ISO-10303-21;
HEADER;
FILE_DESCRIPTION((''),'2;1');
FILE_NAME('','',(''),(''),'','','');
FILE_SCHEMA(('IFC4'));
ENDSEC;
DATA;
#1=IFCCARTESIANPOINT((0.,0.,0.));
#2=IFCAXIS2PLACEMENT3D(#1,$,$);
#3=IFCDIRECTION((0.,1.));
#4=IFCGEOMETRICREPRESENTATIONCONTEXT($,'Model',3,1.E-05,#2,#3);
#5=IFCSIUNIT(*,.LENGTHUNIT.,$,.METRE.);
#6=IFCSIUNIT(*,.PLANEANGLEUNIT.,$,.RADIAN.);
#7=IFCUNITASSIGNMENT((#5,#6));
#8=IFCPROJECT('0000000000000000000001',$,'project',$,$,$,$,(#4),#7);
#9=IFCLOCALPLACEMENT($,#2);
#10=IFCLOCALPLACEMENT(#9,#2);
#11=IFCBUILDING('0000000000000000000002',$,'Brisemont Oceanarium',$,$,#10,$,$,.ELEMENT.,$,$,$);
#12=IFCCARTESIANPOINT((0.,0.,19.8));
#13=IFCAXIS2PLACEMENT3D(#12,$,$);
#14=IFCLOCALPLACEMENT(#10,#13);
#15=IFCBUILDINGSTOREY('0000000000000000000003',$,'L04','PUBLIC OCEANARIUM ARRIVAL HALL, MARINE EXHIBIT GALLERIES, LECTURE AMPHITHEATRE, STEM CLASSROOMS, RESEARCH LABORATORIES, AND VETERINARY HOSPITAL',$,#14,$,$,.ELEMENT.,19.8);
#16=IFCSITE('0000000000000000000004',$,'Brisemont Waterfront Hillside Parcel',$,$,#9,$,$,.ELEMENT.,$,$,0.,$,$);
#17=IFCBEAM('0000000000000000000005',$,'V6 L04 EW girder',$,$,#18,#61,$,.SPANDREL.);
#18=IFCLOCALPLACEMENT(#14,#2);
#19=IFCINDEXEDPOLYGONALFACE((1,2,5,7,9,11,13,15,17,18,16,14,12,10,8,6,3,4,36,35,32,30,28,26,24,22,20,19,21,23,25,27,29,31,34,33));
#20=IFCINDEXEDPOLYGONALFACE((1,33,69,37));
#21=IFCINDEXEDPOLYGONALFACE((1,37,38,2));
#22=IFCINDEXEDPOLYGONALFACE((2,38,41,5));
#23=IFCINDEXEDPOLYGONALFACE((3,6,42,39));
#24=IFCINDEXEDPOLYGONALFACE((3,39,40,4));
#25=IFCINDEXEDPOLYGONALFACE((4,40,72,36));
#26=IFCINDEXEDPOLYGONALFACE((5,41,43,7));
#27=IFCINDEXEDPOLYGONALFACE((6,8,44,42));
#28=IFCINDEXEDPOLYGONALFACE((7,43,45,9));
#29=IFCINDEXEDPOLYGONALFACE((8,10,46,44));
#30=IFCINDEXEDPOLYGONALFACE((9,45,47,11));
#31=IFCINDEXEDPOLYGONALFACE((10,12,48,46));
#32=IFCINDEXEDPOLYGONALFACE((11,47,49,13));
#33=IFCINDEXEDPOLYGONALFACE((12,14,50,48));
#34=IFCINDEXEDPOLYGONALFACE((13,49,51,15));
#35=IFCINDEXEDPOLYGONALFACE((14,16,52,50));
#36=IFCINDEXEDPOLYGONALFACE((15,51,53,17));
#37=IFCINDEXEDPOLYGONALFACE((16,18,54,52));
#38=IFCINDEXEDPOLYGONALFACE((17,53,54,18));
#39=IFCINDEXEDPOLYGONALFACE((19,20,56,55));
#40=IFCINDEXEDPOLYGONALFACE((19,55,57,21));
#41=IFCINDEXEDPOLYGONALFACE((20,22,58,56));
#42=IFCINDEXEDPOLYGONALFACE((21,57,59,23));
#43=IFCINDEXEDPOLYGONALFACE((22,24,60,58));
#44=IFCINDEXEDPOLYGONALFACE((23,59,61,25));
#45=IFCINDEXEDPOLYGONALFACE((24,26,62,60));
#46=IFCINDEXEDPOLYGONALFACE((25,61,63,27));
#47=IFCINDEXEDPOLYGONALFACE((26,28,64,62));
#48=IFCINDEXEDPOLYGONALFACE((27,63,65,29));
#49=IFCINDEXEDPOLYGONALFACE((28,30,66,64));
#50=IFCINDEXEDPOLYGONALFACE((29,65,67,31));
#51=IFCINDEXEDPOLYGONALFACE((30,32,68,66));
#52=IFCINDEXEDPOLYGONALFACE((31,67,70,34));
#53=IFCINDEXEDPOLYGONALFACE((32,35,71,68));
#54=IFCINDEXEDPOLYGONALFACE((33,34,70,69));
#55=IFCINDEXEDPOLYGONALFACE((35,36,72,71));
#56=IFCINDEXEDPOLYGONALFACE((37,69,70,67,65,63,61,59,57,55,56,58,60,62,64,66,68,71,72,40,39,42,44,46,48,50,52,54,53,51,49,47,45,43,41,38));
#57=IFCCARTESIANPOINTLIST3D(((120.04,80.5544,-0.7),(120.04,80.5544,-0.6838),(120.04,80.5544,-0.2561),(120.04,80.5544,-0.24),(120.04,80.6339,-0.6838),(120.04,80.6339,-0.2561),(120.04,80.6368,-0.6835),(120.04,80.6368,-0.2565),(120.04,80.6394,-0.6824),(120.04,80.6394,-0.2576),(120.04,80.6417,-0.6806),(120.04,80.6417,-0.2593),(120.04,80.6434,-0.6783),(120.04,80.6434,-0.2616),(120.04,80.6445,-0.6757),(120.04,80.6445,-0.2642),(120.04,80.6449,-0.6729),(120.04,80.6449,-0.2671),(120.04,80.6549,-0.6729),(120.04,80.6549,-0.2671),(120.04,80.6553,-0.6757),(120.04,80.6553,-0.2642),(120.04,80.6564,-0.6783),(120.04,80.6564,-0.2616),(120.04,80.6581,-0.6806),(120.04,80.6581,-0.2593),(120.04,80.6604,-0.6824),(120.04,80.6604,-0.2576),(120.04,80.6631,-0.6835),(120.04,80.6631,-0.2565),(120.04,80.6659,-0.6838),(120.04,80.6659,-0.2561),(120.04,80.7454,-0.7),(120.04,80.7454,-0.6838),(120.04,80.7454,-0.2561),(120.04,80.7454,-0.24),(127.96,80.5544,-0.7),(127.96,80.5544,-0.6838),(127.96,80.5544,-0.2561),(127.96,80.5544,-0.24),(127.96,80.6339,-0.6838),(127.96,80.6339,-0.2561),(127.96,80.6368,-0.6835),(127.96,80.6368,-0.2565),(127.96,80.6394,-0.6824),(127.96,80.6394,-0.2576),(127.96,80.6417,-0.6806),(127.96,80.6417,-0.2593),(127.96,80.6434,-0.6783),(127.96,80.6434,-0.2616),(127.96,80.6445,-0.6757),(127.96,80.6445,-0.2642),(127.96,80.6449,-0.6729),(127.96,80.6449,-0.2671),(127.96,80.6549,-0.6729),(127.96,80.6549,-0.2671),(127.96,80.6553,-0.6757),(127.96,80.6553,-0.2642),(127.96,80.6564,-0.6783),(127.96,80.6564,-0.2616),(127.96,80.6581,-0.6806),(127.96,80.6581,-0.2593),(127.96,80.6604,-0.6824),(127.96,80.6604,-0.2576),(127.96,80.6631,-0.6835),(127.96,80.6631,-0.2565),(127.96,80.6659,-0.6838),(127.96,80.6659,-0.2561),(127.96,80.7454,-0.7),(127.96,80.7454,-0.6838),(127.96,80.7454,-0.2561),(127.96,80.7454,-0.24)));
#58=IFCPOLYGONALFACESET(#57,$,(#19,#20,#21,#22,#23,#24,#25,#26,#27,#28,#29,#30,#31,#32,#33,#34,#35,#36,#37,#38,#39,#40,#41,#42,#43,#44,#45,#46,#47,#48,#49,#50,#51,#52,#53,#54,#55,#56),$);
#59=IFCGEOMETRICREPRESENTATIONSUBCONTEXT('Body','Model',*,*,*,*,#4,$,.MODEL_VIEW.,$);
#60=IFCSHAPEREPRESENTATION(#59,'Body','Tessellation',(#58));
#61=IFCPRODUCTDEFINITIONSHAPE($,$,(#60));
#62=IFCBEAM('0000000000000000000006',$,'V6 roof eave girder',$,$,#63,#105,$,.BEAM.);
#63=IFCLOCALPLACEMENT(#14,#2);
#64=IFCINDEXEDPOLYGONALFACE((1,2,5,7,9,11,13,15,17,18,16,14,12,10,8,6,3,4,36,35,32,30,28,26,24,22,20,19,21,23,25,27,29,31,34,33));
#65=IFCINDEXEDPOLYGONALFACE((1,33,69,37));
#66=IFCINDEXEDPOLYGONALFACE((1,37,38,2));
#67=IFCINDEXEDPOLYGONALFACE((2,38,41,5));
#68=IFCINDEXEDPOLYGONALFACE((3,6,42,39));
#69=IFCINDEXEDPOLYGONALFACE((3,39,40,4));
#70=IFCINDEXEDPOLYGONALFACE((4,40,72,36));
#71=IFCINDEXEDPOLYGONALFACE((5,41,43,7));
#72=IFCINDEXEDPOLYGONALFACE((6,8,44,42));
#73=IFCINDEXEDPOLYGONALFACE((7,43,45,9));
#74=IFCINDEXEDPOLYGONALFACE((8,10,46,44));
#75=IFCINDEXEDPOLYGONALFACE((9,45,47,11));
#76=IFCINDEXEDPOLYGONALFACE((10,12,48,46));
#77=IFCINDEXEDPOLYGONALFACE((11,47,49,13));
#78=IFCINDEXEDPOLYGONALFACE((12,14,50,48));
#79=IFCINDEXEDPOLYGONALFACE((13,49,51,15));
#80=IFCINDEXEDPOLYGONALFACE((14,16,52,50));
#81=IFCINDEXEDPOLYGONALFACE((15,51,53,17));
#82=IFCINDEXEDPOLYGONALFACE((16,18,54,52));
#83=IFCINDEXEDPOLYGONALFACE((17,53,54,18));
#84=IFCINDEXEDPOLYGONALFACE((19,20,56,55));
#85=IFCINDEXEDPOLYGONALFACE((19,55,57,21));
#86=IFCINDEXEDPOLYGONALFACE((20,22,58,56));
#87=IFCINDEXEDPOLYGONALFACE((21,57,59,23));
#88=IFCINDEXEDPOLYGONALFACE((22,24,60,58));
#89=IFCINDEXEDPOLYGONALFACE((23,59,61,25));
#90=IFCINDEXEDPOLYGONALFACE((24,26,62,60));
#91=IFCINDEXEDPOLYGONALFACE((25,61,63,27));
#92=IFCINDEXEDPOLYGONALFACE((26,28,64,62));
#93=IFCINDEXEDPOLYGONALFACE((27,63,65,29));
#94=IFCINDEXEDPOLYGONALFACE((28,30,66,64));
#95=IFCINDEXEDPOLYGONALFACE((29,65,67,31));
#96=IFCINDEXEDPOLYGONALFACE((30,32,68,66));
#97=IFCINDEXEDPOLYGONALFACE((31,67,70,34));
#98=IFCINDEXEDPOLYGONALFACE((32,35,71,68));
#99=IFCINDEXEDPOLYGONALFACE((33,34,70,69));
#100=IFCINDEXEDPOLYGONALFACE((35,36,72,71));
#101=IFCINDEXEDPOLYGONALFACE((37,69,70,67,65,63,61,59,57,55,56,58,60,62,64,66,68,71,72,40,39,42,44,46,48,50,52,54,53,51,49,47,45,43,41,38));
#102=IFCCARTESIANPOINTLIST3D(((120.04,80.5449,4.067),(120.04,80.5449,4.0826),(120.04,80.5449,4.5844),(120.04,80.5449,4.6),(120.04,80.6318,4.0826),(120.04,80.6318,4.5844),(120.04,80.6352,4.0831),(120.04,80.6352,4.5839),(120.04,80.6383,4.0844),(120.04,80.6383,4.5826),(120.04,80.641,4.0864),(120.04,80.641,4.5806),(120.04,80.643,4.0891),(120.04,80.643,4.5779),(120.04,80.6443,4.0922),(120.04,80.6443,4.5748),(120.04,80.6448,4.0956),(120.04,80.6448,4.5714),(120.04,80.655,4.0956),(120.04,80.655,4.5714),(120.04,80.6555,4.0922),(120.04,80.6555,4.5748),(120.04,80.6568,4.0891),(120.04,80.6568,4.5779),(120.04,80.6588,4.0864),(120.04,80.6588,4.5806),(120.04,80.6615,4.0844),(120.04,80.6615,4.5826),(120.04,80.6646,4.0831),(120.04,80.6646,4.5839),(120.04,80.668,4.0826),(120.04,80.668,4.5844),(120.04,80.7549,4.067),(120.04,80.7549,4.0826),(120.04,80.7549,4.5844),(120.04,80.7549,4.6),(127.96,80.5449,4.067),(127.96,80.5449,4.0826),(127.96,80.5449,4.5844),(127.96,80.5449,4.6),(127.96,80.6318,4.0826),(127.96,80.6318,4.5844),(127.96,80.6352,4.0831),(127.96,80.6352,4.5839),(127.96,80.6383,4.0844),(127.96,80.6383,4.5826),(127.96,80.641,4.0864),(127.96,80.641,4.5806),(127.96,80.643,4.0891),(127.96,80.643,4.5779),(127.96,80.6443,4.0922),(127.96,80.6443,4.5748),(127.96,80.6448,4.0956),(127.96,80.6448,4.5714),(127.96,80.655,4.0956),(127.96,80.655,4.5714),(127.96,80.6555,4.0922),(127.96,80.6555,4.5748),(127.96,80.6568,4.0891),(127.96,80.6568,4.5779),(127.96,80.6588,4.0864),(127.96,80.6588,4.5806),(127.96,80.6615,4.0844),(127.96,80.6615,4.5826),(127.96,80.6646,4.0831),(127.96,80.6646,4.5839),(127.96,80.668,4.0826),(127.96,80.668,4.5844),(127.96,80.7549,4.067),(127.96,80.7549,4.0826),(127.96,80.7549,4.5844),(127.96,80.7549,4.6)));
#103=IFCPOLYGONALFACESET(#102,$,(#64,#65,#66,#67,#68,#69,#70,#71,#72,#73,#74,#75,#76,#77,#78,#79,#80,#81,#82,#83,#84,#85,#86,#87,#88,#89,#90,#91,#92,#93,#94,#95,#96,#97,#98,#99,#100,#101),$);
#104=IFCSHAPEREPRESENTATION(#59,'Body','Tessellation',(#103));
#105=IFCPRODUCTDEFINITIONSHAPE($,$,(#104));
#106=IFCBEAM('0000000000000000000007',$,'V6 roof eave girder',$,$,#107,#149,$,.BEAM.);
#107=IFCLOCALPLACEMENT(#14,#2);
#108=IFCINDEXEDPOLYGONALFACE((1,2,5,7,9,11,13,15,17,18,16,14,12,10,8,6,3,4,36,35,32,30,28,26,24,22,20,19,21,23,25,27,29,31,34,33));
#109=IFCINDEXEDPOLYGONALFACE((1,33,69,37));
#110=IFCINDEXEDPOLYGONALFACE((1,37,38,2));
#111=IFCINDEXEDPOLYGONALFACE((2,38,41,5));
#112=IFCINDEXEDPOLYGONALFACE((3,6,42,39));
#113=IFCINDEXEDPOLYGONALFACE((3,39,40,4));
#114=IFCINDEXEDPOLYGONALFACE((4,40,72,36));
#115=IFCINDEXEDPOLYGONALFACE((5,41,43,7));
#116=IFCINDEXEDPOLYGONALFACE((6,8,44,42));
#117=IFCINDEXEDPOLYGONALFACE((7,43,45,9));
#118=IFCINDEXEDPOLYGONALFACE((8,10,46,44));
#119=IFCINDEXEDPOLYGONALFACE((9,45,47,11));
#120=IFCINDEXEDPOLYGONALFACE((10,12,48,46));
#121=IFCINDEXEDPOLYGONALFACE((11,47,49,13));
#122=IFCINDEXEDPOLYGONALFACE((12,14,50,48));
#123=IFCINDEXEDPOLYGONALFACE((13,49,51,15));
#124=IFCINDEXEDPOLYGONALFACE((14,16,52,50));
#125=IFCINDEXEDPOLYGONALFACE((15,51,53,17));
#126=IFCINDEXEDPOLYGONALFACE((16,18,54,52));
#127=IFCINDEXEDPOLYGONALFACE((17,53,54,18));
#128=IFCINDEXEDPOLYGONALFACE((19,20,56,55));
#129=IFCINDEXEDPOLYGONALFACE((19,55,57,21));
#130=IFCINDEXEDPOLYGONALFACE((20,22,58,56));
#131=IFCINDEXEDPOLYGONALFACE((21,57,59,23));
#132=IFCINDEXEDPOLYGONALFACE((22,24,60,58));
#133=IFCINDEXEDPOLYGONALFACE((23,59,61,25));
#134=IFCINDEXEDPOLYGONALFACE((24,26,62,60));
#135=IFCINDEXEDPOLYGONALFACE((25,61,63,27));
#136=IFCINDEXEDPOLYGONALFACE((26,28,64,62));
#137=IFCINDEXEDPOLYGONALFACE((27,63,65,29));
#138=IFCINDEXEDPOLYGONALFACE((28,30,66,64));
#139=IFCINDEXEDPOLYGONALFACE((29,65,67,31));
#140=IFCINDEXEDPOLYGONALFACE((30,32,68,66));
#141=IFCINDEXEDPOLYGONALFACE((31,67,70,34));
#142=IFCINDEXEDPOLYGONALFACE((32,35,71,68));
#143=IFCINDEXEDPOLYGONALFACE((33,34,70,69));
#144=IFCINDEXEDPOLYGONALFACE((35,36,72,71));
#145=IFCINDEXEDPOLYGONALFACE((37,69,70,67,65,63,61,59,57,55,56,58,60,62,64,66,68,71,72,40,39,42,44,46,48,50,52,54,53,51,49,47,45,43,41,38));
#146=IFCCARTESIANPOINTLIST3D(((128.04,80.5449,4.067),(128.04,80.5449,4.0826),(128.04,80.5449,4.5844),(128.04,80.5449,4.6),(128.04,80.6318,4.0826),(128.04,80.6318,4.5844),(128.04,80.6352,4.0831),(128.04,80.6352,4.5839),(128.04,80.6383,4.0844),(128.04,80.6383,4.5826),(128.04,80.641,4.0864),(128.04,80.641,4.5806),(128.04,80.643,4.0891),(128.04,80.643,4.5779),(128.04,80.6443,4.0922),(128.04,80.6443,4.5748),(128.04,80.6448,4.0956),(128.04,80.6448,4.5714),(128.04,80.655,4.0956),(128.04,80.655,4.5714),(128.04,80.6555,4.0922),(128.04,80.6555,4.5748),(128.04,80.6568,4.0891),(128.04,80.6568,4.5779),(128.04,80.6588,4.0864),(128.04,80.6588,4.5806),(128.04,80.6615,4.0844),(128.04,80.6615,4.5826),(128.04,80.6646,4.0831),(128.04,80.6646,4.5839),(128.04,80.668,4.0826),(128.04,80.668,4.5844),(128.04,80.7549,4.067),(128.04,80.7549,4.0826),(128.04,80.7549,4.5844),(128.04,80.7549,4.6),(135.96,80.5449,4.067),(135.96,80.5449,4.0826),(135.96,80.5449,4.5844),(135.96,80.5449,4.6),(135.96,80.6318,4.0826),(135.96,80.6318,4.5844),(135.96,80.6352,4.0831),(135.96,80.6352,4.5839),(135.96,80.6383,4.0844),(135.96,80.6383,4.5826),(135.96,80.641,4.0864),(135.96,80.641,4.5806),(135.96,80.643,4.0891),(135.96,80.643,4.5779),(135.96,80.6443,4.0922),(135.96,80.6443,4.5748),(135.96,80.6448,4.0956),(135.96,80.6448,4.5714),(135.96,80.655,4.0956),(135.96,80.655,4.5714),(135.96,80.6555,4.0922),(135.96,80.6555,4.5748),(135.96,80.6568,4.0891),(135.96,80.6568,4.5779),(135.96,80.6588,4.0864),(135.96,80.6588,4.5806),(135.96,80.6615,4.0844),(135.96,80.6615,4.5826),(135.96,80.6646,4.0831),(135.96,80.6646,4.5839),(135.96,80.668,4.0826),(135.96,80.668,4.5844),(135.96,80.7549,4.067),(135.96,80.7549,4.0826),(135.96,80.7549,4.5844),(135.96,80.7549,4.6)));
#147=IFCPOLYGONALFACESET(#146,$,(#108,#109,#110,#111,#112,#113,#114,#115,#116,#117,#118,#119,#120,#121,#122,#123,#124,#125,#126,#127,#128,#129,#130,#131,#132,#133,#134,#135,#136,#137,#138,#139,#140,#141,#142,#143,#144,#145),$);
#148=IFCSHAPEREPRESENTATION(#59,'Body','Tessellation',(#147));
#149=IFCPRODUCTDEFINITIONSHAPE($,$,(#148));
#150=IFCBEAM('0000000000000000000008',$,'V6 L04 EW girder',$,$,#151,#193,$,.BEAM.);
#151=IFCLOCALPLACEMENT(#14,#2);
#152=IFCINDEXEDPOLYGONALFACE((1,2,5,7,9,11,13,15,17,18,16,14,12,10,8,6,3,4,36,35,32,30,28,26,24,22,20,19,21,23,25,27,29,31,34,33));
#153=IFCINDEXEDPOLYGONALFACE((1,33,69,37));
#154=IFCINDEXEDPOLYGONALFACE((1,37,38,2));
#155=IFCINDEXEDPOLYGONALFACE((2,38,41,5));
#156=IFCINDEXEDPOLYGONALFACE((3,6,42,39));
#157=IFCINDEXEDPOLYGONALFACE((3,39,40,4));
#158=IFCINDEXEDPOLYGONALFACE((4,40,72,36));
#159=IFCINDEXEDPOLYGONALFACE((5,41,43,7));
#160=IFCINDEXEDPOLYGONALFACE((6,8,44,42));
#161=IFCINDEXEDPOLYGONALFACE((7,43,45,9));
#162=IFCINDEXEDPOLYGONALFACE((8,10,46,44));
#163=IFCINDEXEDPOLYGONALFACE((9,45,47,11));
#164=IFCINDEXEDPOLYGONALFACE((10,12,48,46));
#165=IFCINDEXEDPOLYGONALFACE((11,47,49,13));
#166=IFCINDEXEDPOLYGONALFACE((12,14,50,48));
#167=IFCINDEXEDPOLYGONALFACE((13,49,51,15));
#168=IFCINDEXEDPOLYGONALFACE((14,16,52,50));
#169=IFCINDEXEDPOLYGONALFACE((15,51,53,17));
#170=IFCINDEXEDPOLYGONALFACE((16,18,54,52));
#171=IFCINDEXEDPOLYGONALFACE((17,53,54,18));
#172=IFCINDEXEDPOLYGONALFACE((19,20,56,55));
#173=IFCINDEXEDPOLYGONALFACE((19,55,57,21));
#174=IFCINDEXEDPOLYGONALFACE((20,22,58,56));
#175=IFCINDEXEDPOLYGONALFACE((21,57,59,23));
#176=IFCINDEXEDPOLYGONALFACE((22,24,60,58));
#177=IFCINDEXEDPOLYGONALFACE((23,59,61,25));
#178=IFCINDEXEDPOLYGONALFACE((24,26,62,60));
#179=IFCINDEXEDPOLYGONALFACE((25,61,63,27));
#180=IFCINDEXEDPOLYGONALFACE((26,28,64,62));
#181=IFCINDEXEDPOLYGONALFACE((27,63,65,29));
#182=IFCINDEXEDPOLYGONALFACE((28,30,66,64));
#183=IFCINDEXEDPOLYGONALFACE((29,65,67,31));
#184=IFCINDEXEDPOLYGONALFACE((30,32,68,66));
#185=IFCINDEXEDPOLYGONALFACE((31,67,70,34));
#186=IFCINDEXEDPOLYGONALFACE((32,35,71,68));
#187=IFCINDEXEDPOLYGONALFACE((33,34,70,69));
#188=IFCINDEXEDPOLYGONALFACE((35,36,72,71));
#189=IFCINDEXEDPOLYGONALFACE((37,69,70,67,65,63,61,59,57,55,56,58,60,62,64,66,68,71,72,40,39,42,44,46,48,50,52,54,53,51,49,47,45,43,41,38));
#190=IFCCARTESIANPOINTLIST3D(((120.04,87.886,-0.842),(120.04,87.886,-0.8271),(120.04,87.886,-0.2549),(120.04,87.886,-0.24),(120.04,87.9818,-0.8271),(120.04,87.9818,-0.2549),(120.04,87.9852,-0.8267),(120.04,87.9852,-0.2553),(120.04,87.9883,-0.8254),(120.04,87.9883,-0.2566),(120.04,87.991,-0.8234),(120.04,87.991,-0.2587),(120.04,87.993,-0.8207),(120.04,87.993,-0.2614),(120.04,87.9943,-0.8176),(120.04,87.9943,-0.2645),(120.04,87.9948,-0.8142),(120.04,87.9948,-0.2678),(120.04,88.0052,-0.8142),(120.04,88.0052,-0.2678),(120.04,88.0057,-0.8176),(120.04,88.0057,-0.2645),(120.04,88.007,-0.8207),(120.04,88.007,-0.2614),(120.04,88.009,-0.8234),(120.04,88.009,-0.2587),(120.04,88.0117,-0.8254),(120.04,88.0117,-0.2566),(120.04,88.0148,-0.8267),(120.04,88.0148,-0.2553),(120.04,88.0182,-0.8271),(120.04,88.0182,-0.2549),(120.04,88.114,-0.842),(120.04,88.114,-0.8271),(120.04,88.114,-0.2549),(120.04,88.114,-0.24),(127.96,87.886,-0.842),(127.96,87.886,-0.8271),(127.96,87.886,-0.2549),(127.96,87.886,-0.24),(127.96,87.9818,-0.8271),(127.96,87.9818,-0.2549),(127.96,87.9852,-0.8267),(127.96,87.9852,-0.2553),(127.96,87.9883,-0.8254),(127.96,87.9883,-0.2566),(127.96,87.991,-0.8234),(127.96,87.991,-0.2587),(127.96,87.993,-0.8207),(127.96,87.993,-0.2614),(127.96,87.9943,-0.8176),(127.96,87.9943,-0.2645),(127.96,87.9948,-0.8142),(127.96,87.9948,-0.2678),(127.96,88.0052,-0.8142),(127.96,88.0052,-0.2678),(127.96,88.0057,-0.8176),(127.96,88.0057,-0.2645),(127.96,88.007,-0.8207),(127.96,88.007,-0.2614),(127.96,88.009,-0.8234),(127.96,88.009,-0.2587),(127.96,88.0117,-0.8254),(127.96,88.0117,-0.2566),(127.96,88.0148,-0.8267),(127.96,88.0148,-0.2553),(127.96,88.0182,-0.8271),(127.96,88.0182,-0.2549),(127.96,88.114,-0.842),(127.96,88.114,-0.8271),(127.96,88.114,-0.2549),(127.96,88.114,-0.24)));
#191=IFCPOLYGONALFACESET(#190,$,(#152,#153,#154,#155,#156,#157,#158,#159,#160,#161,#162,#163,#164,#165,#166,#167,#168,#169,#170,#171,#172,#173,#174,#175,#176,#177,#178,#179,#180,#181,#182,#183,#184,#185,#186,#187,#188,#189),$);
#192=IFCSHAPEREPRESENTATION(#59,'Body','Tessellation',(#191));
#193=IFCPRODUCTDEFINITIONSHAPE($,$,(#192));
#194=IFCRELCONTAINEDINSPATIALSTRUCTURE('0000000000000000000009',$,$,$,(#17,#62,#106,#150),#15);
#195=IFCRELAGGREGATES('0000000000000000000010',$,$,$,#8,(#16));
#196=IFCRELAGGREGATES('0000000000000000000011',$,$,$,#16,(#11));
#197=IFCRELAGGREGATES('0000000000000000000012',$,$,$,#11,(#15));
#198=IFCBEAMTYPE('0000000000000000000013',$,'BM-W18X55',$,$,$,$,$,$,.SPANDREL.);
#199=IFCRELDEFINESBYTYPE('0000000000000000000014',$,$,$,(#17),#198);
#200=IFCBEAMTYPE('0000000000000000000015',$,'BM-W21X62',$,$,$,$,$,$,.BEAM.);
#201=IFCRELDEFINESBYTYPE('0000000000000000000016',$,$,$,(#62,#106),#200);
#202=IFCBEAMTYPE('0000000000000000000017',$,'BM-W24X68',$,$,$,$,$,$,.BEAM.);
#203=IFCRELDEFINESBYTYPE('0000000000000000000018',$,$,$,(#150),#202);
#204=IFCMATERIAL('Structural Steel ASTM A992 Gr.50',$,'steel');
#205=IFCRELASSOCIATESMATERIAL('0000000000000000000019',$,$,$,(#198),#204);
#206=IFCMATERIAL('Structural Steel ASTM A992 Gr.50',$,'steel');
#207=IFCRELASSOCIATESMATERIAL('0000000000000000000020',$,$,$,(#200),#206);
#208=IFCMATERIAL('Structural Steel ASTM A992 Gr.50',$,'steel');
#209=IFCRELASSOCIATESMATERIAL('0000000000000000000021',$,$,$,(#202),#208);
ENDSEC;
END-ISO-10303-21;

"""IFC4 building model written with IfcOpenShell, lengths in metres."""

from ifc_helpers import new_model, si_unit, direction, frame, origin, origin_2d, place, context, subcontext, project, spatial, i_section, extrude, material, material_profile, profile_set, type_object, element, save


model = new_model("IFC4")

# Units and contexts
model_context = context("Model", 3, precision=1e-05, world=origin(), true_north=direction((0.0, 1.0)))
body_context = subcontext(model_context, "Body", "Model", "MODEL_VIEW")
ifc_project = project(units=[si_unit("LENGTHUNIT", "METRE"), si_unit("PLANEANGLEUNIT", "RADIAN")], contexts=[model_context])

# Site, building, storey
site_placement = place(None, origin())
site = spatial("IfcSite", under=ifc_project, at=site_placement, Name="Brisemont Waterfront Hillside Parcel", CompositionType="ELEMENT", RefElevation=0.0)
building_placement = place(site_placement, origin())
building = spatial("IfcBuilding", under=site, at=building_placement, Name="Brisemont Oceanarium", CompositionType="ELEMENT")
storey_placement = place(building_placement, frame((0.0, 0.0, 19.8)))
storey = spatial("IfcBuildingStorey", under=building, at=storey_placement, Name="L04", Description="PUBLIC OCEANARIUM ARRIVAL HALL, MARINE EXHIBIT GALLERIES, LECTURE AMPHITHEATRE, STEM CLASSROOMS, RESEARCH LABORATORIES, AND VETERINARY HOSPITAL", CompositionType="ELEMENT", Elevation=19.8)

# Beams
ifc_material_1 = material(Name="Structural Steel ASTM A992 Gr.50", Category="steel")
ifc_material_profile_1 = material_profile(ifc_material_1, i_section(OverallWidth=0.1909, OverallDepth=0.46, WebThickness=0.01, FlangeThickness=0.0161, FilletRadius=0.011, at=origin_2d()), Name="W18X55")
ifc_profile_set_1 = profile_set([ifc_material_profile_1], Name="Structural Steel ASTM A992 Gr.50")
beam_type_1 = type_object("IfcBeamType", Name="BM-W18X55", PredefinedType="SPANDREL", material=ifc_profile_set_1)
beam_1_placement = place(storey_placement, frame((120.04, 80.6499, -0.47), z_axis=(1.0, 0.0, 0.0), x_axis=(0.0, 1.0, 0.0)))
element("IfcBeam", 1, at=beam_1_placement, inside=storey, type_object=beam_type_1, Name="V6 L04 EW girder", PredefinedType="SPANDREL", context=body_context, shape_type="SweptSolid", body=[
    extrude(i_section(OverallWidth=0.1909, OverallDepth=0.46, WebThickness=0.01, FlangeThickness=0.0161, FilletRadius=0.011, at=origin_2d()), origin(), (0.0, 0.0, 1.0), 7.9199),
])
ifc_material_2 = material(Name="Structural Steel ASTM A992 Gr.50", Category="steel")
ifc_material_profile_2 = material_profile(ifc_material_2, i_section(OverallWidth=0.21, OverallDepth=0.533, WebThickness=0.0103, FlangeThickness=0.0156, FilletRadius=0.0129, at=origin_2d()), Name="W21X62")
ifc_profile_set_2 = profile_set([ifc_material_profile_2], Name="Structural Steel ASTM A992 Gr.50")
beam_type_2 = type_object("IfcBeamType", Name="BM-W21X62", PredefinedType="BEAM", material=ifc_profile_set_2)
for number, where, z_axis, x_axis, name in (
    (2, (120.04, 80.6499, 4.3335), (1.0, 0.0, 0.0), (0.0, 1.0, 0.0), "V6 roof eave girder"),
    (3, (128.04, 80.6499, 4.3335), (1.0, 0.0, 0.0), (0.0, 1.0, 0.0), "V6 roof eave girder"),
):
    element("IfcBeam", number, at=place(storey_placement, frame(where, z_axis=z_axis, x_axis=x_axis)), inside=storey, type_object=beam_type_2, Name=name, PredefinedType="BEAM", context=body_context, shape_type="SweptSolid", body=[
        extrude(i_section(OverallWidth=0.21, OverallDepth=0.533, WebThickness=0.0103, FlangeThickness=0.0156, FilletRadius=0.0129, at=origin_2d()), origin(), (0.0, 0.0, 1.0), 7.9199),
    ])
ifc_material_3 = material(Name="Structural Steel ASTM A992 Gr.50", Category="steel")
ifc_material_profile_3 = material_profile(ifc_material_3, i_section(OverallWidth=0.228, OverallDepth=0.6021, WebThickness=0.0105, FlangeThickness=0.0149, FilletRadius=0.0129, at=origin_2d()), Name="W24X68")
ifc_profile_set_3 = profile_set([ifc_material_profile_3], Name="Structural Steel ASTM A992 Gr.50")
beam_type_3 = type_object("IfcBeamType", Name="BM-W24X68", PredefinedType="BEAM", material=ifc_profile_set_3)
beam_2_placement = place(storey_placement, frame((120.04, 88.0, -0.541), z_axis=(1.0, 0.0, 0.0), x_axis=(0.0, 1.0, 0.0)))
element("IfcBeam", 4, at=beam_2_placement, inside=storey, type_object=beam_type_3, Name="V6 L04 EW girder", PredefinedType="BEAM", context=body_context, shape_type="SweptSolid", body=[
    extrude(i_section(OverallWidth=0.228, OverallDepth=0.6021, WebThickness=0.0105, FlangeThickness=0.0149, FilletRadius=0.0129, at=origin_2d()), origin(), (0.0, 0.0, 1.0), 7.9199),
])

save(model, "model.ifc")
